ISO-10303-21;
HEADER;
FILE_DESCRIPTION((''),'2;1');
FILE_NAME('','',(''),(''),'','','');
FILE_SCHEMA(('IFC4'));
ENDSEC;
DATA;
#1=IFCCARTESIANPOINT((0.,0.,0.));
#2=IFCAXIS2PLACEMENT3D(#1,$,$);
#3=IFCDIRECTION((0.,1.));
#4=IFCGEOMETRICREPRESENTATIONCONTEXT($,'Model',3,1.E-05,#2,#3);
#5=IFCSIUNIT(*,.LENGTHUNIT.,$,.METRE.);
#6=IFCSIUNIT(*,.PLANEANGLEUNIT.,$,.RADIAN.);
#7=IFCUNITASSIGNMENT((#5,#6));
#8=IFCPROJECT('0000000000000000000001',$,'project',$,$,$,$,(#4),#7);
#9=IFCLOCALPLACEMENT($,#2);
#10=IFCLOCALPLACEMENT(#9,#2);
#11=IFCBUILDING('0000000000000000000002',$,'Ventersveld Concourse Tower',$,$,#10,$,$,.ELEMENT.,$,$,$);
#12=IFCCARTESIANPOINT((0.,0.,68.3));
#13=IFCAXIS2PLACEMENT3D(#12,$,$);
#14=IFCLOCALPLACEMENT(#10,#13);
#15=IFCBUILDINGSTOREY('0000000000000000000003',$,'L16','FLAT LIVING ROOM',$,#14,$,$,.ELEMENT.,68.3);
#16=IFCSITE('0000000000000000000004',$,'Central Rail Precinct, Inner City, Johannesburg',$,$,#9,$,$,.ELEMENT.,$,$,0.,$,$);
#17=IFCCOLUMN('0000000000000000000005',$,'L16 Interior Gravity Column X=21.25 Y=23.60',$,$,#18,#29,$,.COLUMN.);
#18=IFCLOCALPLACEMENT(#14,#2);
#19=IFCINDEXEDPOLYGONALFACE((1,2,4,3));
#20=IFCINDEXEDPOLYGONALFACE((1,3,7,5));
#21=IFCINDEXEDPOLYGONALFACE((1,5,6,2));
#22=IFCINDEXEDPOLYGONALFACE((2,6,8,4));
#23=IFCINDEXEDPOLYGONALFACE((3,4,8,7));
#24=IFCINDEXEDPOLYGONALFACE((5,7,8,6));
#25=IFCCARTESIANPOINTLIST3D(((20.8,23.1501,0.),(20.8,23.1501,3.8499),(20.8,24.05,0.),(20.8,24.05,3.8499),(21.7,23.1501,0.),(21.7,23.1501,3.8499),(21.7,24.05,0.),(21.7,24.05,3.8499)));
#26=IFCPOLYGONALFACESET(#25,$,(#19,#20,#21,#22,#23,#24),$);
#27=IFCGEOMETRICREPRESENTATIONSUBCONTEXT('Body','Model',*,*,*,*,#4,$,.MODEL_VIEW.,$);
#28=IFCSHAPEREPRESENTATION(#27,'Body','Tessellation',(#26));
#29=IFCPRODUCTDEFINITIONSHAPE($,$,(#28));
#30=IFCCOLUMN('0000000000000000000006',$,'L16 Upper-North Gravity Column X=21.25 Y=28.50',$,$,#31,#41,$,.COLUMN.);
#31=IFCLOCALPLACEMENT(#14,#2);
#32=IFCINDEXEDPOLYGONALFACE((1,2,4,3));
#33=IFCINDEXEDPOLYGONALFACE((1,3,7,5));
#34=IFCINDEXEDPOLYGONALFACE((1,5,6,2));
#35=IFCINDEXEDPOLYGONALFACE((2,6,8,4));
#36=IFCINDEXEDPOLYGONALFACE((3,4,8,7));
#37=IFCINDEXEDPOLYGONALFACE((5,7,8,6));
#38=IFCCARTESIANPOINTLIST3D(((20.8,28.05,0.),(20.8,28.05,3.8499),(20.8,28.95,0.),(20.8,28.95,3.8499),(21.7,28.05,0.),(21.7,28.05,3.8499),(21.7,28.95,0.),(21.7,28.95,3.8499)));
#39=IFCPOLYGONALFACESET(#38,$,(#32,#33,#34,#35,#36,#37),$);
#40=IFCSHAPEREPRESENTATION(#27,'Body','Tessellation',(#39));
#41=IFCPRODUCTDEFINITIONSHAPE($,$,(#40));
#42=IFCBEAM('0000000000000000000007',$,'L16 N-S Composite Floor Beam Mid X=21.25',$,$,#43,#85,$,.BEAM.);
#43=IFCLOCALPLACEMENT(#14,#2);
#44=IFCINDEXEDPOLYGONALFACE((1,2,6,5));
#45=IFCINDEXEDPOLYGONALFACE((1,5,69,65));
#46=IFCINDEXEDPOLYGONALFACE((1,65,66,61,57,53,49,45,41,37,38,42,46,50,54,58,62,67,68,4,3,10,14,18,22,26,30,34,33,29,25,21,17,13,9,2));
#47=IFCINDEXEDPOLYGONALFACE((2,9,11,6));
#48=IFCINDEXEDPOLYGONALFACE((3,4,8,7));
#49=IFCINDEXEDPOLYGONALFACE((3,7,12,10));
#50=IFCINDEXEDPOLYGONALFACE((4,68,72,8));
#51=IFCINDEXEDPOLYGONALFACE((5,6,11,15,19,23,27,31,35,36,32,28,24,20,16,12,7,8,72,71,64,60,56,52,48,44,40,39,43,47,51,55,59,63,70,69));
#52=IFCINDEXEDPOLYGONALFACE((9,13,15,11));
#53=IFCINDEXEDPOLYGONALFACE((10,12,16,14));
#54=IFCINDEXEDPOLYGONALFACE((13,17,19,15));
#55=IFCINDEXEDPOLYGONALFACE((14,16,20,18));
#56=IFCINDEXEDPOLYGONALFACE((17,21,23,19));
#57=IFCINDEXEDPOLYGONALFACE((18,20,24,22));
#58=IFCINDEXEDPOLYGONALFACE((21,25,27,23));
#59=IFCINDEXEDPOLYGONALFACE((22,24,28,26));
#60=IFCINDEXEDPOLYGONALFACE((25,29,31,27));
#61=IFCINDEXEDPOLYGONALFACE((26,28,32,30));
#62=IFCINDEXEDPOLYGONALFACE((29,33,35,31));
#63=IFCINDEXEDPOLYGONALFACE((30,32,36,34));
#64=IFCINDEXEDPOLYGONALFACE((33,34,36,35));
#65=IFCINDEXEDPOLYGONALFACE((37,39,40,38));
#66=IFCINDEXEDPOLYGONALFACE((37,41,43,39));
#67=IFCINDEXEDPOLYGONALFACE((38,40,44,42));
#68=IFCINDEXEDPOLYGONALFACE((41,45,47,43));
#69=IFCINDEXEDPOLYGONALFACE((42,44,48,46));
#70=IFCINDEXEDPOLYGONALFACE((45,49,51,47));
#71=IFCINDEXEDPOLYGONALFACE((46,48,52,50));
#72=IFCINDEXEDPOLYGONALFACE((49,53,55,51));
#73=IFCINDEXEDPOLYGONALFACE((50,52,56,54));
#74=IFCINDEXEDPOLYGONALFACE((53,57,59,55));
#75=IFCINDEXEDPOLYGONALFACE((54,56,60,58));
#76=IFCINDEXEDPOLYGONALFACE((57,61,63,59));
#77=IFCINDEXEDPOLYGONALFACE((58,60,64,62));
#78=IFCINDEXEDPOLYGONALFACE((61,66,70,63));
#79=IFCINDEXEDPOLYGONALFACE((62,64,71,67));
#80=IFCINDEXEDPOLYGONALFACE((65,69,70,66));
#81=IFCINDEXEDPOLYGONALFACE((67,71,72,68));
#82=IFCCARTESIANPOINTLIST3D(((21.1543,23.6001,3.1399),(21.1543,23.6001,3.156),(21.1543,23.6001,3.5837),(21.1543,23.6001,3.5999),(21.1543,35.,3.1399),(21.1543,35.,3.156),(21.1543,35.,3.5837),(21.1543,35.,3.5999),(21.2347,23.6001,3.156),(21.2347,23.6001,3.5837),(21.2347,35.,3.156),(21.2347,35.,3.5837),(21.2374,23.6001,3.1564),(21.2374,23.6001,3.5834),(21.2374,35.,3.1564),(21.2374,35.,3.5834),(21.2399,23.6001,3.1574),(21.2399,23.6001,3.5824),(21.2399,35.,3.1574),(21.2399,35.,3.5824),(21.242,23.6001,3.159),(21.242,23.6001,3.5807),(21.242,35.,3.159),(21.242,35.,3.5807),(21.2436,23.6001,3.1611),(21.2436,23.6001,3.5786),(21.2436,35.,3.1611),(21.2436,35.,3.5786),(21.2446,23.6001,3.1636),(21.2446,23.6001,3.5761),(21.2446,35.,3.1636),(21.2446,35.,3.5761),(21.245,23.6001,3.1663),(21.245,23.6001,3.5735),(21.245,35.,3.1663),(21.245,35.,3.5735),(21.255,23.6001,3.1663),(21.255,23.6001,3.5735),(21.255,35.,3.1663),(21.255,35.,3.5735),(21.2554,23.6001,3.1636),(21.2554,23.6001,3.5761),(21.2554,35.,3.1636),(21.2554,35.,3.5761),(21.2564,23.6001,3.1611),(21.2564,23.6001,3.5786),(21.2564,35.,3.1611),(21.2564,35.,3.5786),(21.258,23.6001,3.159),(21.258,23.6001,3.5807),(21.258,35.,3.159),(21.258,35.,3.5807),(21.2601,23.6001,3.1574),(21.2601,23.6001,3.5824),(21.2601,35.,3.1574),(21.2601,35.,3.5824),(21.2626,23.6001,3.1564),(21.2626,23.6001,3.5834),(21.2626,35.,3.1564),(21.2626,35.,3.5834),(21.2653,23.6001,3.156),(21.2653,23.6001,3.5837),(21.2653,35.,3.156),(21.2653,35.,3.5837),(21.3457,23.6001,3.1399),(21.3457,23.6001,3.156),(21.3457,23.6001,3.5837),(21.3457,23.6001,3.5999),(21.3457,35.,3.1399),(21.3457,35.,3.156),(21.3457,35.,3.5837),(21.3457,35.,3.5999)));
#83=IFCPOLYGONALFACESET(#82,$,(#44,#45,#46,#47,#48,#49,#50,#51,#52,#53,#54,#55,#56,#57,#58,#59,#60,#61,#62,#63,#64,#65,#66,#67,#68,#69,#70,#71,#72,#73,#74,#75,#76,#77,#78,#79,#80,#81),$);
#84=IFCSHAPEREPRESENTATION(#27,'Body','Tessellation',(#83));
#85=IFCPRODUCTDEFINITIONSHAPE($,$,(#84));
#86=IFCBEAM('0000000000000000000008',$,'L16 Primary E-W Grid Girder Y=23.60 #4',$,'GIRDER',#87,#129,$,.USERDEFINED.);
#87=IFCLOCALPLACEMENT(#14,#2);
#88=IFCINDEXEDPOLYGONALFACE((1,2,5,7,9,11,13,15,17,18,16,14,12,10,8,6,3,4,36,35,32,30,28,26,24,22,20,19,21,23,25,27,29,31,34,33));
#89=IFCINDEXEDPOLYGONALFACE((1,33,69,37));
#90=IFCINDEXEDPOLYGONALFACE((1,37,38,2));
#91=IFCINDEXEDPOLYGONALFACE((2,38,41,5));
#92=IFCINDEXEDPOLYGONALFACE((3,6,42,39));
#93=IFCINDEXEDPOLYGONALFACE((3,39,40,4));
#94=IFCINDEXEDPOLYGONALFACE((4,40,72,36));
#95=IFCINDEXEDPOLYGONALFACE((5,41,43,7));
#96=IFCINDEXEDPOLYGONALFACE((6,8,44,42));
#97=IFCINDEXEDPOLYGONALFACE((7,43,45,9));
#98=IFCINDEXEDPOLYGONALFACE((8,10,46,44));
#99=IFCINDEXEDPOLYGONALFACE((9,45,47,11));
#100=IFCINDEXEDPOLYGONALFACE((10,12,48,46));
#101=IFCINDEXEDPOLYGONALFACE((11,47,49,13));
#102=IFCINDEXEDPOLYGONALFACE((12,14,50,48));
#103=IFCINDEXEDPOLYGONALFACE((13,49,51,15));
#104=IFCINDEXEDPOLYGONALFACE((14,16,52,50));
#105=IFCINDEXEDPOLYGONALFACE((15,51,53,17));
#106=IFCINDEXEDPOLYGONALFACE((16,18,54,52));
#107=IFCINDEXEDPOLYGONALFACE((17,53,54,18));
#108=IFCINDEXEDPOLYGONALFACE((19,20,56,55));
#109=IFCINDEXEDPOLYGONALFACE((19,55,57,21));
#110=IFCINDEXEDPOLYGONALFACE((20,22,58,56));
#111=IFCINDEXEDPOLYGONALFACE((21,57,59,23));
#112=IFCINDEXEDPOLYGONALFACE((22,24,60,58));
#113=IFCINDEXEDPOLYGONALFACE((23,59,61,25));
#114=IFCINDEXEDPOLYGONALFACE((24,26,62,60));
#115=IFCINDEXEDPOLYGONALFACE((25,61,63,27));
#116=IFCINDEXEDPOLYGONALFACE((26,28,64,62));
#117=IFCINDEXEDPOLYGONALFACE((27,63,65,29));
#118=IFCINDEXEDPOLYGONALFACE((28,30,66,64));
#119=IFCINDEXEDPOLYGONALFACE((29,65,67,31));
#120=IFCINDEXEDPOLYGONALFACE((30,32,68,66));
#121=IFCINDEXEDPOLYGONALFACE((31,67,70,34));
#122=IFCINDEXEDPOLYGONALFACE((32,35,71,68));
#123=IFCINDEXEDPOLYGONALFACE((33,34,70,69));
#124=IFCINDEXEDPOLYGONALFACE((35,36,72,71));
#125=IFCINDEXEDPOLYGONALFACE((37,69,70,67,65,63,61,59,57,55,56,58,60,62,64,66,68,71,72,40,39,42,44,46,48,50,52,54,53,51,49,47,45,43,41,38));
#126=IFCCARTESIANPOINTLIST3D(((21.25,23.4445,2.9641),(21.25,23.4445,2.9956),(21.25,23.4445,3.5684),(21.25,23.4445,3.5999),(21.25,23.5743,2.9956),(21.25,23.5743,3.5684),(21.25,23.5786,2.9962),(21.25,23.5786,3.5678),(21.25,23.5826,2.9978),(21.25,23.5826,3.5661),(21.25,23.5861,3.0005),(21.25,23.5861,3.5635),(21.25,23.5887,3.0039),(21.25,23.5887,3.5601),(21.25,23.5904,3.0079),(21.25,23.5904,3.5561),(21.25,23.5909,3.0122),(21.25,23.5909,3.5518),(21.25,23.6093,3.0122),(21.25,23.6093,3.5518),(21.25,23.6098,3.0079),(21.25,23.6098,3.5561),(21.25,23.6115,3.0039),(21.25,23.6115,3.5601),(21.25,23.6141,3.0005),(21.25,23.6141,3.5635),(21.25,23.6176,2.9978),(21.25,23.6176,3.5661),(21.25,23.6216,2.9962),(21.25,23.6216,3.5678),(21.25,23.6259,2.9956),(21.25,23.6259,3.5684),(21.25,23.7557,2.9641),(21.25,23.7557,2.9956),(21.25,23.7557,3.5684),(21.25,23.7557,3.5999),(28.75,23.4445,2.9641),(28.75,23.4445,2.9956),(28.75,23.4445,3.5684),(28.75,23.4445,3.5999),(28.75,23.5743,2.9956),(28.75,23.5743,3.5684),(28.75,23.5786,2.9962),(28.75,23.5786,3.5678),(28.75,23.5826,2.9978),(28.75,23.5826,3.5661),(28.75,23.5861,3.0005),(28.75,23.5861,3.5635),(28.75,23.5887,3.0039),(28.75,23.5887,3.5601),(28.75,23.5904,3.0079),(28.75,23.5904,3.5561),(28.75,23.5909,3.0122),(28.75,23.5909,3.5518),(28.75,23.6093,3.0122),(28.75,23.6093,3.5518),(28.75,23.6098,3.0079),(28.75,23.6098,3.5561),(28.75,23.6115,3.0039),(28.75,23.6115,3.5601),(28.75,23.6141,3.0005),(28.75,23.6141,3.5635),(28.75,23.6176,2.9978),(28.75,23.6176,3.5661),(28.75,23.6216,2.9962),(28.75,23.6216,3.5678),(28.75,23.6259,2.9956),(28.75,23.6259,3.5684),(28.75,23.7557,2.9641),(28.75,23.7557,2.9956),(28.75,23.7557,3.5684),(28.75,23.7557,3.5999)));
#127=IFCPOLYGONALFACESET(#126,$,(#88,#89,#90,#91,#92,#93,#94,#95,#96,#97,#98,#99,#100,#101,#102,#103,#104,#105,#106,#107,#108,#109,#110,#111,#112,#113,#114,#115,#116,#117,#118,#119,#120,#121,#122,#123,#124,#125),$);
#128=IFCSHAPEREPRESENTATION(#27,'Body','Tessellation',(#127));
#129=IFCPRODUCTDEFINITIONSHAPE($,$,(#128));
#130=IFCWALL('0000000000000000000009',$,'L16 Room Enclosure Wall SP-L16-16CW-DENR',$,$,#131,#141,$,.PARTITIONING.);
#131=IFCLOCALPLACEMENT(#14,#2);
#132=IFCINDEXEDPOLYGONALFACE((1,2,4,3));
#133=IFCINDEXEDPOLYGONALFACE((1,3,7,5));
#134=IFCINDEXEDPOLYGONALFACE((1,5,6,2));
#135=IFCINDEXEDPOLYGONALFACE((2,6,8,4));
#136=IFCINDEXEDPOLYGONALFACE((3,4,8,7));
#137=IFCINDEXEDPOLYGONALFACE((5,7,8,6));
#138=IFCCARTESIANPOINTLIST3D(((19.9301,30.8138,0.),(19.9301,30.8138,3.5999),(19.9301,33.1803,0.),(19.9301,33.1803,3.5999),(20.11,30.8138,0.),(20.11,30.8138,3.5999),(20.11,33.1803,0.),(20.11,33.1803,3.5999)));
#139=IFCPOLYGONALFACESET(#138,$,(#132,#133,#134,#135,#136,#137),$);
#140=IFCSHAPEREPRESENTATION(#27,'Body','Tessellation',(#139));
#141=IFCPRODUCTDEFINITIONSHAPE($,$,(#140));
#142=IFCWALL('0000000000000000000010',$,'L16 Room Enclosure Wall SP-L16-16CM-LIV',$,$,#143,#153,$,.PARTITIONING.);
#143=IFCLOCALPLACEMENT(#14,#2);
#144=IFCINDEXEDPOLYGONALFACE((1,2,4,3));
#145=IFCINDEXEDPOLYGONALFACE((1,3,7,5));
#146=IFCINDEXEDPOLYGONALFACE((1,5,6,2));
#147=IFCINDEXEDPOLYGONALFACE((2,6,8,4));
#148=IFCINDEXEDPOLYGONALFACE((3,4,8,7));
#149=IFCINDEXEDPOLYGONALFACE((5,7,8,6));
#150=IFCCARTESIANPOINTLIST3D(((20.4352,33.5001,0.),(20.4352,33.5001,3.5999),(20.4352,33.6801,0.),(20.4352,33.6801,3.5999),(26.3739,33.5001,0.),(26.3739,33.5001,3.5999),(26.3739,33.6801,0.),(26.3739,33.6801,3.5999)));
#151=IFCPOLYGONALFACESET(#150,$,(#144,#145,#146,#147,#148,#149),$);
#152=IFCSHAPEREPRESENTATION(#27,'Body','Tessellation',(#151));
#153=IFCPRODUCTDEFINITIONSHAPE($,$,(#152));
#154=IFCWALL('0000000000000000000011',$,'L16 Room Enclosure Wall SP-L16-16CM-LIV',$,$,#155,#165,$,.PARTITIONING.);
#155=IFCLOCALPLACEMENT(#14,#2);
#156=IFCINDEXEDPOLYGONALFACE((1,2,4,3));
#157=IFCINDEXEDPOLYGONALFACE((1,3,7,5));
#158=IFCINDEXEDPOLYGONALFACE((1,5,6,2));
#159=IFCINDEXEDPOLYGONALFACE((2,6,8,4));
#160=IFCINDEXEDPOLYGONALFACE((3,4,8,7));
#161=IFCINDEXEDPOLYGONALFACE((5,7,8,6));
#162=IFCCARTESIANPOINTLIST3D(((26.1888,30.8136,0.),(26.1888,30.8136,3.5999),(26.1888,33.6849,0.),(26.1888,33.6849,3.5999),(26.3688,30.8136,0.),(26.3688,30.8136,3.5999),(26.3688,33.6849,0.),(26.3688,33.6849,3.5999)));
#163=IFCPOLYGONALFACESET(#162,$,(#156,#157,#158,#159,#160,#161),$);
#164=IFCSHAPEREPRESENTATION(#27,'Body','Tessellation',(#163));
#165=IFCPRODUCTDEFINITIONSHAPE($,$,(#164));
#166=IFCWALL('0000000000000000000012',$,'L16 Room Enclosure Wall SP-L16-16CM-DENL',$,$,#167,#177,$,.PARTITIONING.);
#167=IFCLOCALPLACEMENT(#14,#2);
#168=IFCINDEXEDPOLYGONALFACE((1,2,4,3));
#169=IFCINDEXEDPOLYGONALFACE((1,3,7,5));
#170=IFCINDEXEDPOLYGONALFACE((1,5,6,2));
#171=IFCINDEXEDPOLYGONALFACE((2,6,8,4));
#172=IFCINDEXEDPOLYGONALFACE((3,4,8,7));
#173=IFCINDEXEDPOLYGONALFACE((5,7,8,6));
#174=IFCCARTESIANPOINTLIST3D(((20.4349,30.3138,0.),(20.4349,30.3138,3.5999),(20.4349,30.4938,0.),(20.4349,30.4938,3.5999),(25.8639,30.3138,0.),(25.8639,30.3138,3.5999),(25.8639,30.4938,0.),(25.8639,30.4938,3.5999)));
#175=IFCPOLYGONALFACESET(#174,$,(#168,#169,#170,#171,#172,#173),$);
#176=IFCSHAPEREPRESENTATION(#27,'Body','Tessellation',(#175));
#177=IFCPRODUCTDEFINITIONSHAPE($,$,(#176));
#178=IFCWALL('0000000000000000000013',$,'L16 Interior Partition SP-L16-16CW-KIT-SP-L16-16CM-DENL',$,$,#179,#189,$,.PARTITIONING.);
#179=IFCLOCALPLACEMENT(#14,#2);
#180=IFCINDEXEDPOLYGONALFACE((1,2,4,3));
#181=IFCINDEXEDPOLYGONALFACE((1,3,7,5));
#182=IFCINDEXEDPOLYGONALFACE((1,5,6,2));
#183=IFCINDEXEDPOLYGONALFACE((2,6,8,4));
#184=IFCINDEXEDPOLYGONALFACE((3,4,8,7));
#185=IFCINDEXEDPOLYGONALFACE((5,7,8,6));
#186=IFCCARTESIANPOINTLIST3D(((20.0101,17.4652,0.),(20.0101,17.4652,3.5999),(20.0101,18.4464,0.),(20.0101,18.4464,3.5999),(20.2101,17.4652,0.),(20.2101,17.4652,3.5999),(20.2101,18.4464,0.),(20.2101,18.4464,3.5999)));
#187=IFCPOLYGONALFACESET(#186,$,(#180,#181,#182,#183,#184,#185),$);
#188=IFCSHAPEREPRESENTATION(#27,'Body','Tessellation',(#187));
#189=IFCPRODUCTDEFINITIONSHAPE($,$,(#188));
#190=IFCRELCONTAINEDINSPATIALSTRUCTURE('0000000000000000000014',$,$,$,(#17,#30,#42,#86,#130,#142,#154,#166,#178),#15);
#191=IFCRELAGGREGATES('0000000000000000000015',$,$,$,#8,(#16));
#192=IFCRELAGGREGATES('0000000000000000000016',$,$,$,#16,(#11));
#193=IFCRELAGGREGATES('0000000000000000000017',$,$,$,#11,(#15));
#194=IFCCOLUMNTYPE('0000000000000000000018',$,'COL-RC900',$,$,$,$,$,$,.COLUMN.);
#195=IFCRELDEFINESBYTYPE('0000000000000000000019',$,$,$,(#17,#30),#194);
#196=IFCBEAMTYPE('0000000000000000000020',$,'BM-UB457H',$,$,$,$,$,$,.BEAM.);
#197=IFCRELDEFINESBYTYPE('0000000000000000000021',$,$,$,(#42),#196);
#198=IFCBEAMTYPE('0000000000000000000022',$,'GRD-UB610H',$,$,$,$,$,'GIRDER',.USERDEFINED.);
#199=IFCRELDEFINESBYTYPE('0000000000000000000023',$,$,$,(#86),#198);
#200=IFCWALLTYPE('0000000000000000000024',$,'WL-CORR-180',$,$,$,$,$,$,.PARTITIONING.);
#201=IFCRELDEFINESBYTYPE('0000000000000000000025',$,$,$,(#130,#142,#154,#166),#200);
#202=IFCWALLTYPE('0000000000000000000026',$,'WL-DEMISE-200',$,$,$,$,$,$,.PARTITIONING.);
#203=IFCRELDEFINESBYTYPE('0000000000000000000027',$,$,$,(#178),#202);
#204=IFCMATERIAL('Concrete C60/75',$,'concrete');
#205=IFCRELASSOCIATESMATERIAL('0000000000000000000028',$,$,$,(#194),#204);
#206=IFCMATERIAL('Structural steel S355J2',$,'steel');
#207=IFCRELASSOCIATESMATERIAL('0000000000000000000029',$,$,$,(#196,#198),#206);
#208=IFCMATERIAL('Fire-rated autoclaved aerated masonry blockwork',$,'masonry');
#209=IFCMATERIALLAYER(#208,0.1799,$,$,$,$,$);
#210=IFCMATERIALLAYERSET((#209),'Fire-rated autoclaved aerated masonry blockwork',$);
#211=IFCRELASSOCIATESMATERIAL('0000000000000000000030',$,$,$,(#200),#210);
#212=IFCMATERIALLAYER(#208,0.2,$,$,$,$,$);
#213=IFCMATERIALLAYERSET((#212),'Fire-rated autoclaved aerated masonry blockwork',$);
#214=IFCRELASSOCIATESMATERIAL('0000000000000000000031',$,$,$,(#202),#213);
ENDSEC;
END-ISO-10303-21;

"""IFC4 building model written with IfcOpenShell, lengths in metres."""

from ifc_helpers import new_model, si_unit, direction, frame, frame_2d, origin, origin_2d, place, context, subcontext, project, spatial, rectangle, i_section, extrude, material, layer, layer_set, material_profile, profile_set, type_object, element, save


model = new_model("IFC4")

# Units and contexts
model_context = context("Model", 3, precision=1e-05, world=origin(), true_north=direction((0.0, 1.0)))
body_context = subcontext(model_context, "Body", "Model", "MODEL_VIEW")
ifc_project = project(units=[si_unit("LENGTHUNIT", "METRE"), si_unit("PLANEANGLEUNIT", "RADIAN")], contexts=[model_context])

# Site, building, storey
site_placement = place(None, origin())
site = spatial("IfcSite", under=ifc_project, at=site_placement, Name="Central Rail Precinct, Inner City, Johannesburg", CompositionType="ELEMENT", RefElevation=0.0)
building_placement = place(site_placement, origin())
building = spatial("IfcBuilding", under=site, at=building_placement, Name="Ventersveld Concourse Tower", CompositionType="ELEMENT")
storey_placement = place(building_placement, frame((0.0, 0.0, 68.3)))
storey = spatial("IfcBuildingStorey", under=building, at=storey_placement, Name="L16", Description="FLAT LIVING ROOM", CompositionType="ELEMENT", Elevation=68.3)

# Columns
ifc_material_1 = material(Name="Concrete C60/75", Category="concrete")
ifc_material_profile_1 = material_profile(ifc_material_1, rectangle(XDim=0.8999, YDim=0.8999, at=origin_2d()), Name="RC 900x900")
ifc_profile_set_1 = profile_set([ifc_material_profile_1], Name="Concrete C60/75")
column_type = type_object("IfcColumnType", Name="COL-RC900", PredefinedType="COLUMN", material=ifc_profile_set_1)
for number, where, z_axis, x_axis, name in (
    (1, (21.25, 23.6001, 0.0), (0.0, 0.0, 1.0), (1.0, 0.0, 0.0), "L16 Interior Gravity Column X=21.25 Y=23.60"),
    (2, (21.25, 28.5, 0.0), (0.0, 0.0, 1.0), (1.0, 0.0, 0.0), "L16 Upper-North Gravity Column X=21.25 Y=28.50"),
):
    element("IfcColumn", number, at=place(storey_placement, frame(where, z_axis=z_axis, x_axis=x_axis)), inside=storey, type_object=column_type, Name=name, PredefinedType="COLUMN", context=body_context, shape_type="SweptSolid", body=[
        extrude(rectangle(XDim=0.8999, YDim=0.8999, at=origin_2d()), origin(), (0.0, 0.0, 1.0), 3.8499),
    ])

# Beams
ifc_material_2 = material(Name="Structural steel S355J2", Category="steel")
ifc_material_profile_2 = material_profile(ifc_material_2, i_section(OverallWidth=0.1914, OverallDepth=0.46, WebThickness=0.01, FlangeThickness=0.0161, FilletRadius=0.0103, at=origin_2d()), Name="UB 457x191x82")
ifc_profile_set_2 = profile_set([ifc_material_profile_2], Name="Structural steel S355J2")
beam_type_1 = type_object("IfcBeamType", Name="BM-UB457H", PredefinedType="BEAM", material=ifc_profile_set_2)
beam_1_placement = place(storey_placement, frame((21.25, 23.6001, 3.3699), z_axis=(0.0, 1.0, 0.0), x_axis=(-1.0, 0.0, 0.0)))
element("IfcBeam", 3, at=beam_1_placement, inside=storey, type_object=beam_type_1, Name="L16 N-S Composite Floor Beam Mid X=21.25", PredefinedType="BEAM", context=body_context, shape_type="SweptSolid", body=[
    extrude(i_section(OverallWidth=0.1914, OverallDepth=0.46, WebThickness=0.01, FlangeThickness=0.0161, FilletRadius=0.0103, at=origin_2d()), origin(), (0.0, 0.0, 1.0), 11.3999),
])
ifc_material_profile_3 = material_profile(ifc_material_2, i_section(OverallWidth=0.3113, OverallDepth=0.6357, WebThickness=0.0183, FlangeThickness=0.0315, FilletRadius=0.0166, at=origin_2d()), Name="UB 610x305x238")
ifc_profile_set_3 = profile_set([ifc_material_profile_3], Name="Structural steel S355J2")
beam_type_2 = type_object("IfcBeamType", Name="GRD-UB610H", ElementType="GIRDER", PredefinedType="USERDEFINED", material=ifc_profile_set_3)
beam_2_placement = place(storey_placement, frame((21.25, 23.6001, 3.282), z_axis=(1.0, 0.0, 0.0), x_axis=(0.0, 1.0, 0.0)))
element("IfcBeam", 4, at=beam_2_placement, inside=storey, type_object=beam_type_2, Name="L16 Primary E-W Grid Girder Y=23.60 #4", ObjectType="GIRDER", PredefinedType="USERDEFINED", context=body_context, shape_type="SweptSolid", body=[
    extrude(i_section(OverallWidth=0.3113, OverallDepth=0.6357, WebThickness=0.0183, FlangeThickness=0.0315, FilletRadius=0.0166, at=origin_2d()), origin(), (0.0, 0.0, 1.0), 7.5),
])

# Walls
ifc_material_3 = material(Name="Fire-rated autoclaved aerated masonry blockwork", Category="masonry")
ifc_layer_1 = layer(ifc_material_3, 0.1799)
ifc_layer_set_1 = layer_set([ifc_layer_1], Name="Fire-rated autoclaved aerated masonry blockwork")
wall_type_1 = type_object("IfcWallType", Name="WL-CORR-180", PredefinedType="PARTITIONING", material=ifc_layer_set_1)
wall_1_placement = place(storey_placement, frame((20.02, 33.1802, 0.0), z_axis=(0.0, 0.0, 1.0), x_axis=(0.0, -1.0, 0.0)))
element("IfcWall", 5, at=wall_1_placement, inside=storey, type_object=wall_type_1, Name="L16 Room Enclosure Wall SP-L16-16CW-DENR", PredefinedType="PARTITIONING", context=body_context, shape_type="SweptSolid", body=[
    extrude(rectangle(XDim=2.3665, YDim=0.1799, at=frame_2d((1.1831, 0.0))), origin(), (0.0, 0.0, 1.0), 3.5999),
])
wall_2_placement = place(storey_placement, frame((26.3738, 33.5901, 0.0), z_axis=(0.0, 0.0, 1.0), x_axis=(-1.0, 0.0, 0.0)))
element("IfcWall", 6, at=wall_2_placement, inside=storey, type_object=wall_type_1, Name="L16 Room Enclosure Wall SP-L16-16CM-LIV", PredefinedType="PARTITIONING", context=body_context, shape_type="SweptSolid", body=[
    extrude(rectangle(XDim=5.9387, YDim=0.1799, at=frame_2d((2.9692, 0.0))), origin(), (0.0, 0.0, 1.0), 3.5999),
])
wall_3_placement = place(storey_placement, frame((26.2788, 30.8137, 0.0), z_axis=(0.0, 0.0, 1.0), x_axis=(0.0, 1.0, 0.0)))
element("IfcWall", 7, at=wall_3_placement, inside=storey, type_object=wall_type_1, Name="L16 Room Enclosure Wall SP-L16-16CM-LIV", PredefinedType="PARTITIONING", context=body_context, shape_type="SweptSolid", body=[
    extrude(rectangle(XDim=2.8713, YDim=0.1799, at=frame_2d((1.4355, 0.0))), origin(), (0.0, 0.0, 1.0), 3.5999),
])
wall_4_placement = place(storey_placement, frame((20.4351, 30.4038, 0.0), z_axis=(0.0, 0.0, 1.0), x_axis=(1.0, 0.0, 0.0)))
element("IfcWall", 8, at=wall_4_placement, inside=storey, type_object=wall_type_1, Name="L16 Room Enclosure Wall SP-L16-16CM-DENL", PredefinedType="PARTITIONING", context=body_context, shape_type="SweptSolid", body=[
    extrude(rectangle(XDim=5.429, YDim=0.1799, at=frame_2d((2.7144, 0.0))), origin(), (0.0, 0.0, 1.0), 3.5999),
])
ifc_layer_2 = layer(ifc_material_3, 0.2)
ifc_layer_set_2 = layer_set([ifc_layer_2], Name="Fire-rated autoclaved aerated masonry blockwork")
wall_type_2 = type_object("IfcWallType", Name="WL-DEMISE-200", PredefinedType="PARTITIONING", material=ifc_layer_set_2)
wall_5_placement = place(storey_placement, frame((20.1101, 17.4651, 0.0), z_axis=(0.0, 0.0, 1.0), x_axis=(0.0, 1.0, 0.0)))
element("IfcWall", 9, at=wall_5_placement, inside=storey, type_object=wall_type_2, Name="L16 Interior Partition SP-L16-16CW-KIT-SP-L16-16CM-DENL", PredefinedType="PARTITIONING", context=body_context, shape_type="SweptSolid", body=[
    extrude(rectangle(XDim=0.9812, YDim=0.2, at=frame_2d((0.4907, 0.0))), origin(), (0.0, 0.0, 1.0), 3.5999),
])

save(model, "model.ifc")
